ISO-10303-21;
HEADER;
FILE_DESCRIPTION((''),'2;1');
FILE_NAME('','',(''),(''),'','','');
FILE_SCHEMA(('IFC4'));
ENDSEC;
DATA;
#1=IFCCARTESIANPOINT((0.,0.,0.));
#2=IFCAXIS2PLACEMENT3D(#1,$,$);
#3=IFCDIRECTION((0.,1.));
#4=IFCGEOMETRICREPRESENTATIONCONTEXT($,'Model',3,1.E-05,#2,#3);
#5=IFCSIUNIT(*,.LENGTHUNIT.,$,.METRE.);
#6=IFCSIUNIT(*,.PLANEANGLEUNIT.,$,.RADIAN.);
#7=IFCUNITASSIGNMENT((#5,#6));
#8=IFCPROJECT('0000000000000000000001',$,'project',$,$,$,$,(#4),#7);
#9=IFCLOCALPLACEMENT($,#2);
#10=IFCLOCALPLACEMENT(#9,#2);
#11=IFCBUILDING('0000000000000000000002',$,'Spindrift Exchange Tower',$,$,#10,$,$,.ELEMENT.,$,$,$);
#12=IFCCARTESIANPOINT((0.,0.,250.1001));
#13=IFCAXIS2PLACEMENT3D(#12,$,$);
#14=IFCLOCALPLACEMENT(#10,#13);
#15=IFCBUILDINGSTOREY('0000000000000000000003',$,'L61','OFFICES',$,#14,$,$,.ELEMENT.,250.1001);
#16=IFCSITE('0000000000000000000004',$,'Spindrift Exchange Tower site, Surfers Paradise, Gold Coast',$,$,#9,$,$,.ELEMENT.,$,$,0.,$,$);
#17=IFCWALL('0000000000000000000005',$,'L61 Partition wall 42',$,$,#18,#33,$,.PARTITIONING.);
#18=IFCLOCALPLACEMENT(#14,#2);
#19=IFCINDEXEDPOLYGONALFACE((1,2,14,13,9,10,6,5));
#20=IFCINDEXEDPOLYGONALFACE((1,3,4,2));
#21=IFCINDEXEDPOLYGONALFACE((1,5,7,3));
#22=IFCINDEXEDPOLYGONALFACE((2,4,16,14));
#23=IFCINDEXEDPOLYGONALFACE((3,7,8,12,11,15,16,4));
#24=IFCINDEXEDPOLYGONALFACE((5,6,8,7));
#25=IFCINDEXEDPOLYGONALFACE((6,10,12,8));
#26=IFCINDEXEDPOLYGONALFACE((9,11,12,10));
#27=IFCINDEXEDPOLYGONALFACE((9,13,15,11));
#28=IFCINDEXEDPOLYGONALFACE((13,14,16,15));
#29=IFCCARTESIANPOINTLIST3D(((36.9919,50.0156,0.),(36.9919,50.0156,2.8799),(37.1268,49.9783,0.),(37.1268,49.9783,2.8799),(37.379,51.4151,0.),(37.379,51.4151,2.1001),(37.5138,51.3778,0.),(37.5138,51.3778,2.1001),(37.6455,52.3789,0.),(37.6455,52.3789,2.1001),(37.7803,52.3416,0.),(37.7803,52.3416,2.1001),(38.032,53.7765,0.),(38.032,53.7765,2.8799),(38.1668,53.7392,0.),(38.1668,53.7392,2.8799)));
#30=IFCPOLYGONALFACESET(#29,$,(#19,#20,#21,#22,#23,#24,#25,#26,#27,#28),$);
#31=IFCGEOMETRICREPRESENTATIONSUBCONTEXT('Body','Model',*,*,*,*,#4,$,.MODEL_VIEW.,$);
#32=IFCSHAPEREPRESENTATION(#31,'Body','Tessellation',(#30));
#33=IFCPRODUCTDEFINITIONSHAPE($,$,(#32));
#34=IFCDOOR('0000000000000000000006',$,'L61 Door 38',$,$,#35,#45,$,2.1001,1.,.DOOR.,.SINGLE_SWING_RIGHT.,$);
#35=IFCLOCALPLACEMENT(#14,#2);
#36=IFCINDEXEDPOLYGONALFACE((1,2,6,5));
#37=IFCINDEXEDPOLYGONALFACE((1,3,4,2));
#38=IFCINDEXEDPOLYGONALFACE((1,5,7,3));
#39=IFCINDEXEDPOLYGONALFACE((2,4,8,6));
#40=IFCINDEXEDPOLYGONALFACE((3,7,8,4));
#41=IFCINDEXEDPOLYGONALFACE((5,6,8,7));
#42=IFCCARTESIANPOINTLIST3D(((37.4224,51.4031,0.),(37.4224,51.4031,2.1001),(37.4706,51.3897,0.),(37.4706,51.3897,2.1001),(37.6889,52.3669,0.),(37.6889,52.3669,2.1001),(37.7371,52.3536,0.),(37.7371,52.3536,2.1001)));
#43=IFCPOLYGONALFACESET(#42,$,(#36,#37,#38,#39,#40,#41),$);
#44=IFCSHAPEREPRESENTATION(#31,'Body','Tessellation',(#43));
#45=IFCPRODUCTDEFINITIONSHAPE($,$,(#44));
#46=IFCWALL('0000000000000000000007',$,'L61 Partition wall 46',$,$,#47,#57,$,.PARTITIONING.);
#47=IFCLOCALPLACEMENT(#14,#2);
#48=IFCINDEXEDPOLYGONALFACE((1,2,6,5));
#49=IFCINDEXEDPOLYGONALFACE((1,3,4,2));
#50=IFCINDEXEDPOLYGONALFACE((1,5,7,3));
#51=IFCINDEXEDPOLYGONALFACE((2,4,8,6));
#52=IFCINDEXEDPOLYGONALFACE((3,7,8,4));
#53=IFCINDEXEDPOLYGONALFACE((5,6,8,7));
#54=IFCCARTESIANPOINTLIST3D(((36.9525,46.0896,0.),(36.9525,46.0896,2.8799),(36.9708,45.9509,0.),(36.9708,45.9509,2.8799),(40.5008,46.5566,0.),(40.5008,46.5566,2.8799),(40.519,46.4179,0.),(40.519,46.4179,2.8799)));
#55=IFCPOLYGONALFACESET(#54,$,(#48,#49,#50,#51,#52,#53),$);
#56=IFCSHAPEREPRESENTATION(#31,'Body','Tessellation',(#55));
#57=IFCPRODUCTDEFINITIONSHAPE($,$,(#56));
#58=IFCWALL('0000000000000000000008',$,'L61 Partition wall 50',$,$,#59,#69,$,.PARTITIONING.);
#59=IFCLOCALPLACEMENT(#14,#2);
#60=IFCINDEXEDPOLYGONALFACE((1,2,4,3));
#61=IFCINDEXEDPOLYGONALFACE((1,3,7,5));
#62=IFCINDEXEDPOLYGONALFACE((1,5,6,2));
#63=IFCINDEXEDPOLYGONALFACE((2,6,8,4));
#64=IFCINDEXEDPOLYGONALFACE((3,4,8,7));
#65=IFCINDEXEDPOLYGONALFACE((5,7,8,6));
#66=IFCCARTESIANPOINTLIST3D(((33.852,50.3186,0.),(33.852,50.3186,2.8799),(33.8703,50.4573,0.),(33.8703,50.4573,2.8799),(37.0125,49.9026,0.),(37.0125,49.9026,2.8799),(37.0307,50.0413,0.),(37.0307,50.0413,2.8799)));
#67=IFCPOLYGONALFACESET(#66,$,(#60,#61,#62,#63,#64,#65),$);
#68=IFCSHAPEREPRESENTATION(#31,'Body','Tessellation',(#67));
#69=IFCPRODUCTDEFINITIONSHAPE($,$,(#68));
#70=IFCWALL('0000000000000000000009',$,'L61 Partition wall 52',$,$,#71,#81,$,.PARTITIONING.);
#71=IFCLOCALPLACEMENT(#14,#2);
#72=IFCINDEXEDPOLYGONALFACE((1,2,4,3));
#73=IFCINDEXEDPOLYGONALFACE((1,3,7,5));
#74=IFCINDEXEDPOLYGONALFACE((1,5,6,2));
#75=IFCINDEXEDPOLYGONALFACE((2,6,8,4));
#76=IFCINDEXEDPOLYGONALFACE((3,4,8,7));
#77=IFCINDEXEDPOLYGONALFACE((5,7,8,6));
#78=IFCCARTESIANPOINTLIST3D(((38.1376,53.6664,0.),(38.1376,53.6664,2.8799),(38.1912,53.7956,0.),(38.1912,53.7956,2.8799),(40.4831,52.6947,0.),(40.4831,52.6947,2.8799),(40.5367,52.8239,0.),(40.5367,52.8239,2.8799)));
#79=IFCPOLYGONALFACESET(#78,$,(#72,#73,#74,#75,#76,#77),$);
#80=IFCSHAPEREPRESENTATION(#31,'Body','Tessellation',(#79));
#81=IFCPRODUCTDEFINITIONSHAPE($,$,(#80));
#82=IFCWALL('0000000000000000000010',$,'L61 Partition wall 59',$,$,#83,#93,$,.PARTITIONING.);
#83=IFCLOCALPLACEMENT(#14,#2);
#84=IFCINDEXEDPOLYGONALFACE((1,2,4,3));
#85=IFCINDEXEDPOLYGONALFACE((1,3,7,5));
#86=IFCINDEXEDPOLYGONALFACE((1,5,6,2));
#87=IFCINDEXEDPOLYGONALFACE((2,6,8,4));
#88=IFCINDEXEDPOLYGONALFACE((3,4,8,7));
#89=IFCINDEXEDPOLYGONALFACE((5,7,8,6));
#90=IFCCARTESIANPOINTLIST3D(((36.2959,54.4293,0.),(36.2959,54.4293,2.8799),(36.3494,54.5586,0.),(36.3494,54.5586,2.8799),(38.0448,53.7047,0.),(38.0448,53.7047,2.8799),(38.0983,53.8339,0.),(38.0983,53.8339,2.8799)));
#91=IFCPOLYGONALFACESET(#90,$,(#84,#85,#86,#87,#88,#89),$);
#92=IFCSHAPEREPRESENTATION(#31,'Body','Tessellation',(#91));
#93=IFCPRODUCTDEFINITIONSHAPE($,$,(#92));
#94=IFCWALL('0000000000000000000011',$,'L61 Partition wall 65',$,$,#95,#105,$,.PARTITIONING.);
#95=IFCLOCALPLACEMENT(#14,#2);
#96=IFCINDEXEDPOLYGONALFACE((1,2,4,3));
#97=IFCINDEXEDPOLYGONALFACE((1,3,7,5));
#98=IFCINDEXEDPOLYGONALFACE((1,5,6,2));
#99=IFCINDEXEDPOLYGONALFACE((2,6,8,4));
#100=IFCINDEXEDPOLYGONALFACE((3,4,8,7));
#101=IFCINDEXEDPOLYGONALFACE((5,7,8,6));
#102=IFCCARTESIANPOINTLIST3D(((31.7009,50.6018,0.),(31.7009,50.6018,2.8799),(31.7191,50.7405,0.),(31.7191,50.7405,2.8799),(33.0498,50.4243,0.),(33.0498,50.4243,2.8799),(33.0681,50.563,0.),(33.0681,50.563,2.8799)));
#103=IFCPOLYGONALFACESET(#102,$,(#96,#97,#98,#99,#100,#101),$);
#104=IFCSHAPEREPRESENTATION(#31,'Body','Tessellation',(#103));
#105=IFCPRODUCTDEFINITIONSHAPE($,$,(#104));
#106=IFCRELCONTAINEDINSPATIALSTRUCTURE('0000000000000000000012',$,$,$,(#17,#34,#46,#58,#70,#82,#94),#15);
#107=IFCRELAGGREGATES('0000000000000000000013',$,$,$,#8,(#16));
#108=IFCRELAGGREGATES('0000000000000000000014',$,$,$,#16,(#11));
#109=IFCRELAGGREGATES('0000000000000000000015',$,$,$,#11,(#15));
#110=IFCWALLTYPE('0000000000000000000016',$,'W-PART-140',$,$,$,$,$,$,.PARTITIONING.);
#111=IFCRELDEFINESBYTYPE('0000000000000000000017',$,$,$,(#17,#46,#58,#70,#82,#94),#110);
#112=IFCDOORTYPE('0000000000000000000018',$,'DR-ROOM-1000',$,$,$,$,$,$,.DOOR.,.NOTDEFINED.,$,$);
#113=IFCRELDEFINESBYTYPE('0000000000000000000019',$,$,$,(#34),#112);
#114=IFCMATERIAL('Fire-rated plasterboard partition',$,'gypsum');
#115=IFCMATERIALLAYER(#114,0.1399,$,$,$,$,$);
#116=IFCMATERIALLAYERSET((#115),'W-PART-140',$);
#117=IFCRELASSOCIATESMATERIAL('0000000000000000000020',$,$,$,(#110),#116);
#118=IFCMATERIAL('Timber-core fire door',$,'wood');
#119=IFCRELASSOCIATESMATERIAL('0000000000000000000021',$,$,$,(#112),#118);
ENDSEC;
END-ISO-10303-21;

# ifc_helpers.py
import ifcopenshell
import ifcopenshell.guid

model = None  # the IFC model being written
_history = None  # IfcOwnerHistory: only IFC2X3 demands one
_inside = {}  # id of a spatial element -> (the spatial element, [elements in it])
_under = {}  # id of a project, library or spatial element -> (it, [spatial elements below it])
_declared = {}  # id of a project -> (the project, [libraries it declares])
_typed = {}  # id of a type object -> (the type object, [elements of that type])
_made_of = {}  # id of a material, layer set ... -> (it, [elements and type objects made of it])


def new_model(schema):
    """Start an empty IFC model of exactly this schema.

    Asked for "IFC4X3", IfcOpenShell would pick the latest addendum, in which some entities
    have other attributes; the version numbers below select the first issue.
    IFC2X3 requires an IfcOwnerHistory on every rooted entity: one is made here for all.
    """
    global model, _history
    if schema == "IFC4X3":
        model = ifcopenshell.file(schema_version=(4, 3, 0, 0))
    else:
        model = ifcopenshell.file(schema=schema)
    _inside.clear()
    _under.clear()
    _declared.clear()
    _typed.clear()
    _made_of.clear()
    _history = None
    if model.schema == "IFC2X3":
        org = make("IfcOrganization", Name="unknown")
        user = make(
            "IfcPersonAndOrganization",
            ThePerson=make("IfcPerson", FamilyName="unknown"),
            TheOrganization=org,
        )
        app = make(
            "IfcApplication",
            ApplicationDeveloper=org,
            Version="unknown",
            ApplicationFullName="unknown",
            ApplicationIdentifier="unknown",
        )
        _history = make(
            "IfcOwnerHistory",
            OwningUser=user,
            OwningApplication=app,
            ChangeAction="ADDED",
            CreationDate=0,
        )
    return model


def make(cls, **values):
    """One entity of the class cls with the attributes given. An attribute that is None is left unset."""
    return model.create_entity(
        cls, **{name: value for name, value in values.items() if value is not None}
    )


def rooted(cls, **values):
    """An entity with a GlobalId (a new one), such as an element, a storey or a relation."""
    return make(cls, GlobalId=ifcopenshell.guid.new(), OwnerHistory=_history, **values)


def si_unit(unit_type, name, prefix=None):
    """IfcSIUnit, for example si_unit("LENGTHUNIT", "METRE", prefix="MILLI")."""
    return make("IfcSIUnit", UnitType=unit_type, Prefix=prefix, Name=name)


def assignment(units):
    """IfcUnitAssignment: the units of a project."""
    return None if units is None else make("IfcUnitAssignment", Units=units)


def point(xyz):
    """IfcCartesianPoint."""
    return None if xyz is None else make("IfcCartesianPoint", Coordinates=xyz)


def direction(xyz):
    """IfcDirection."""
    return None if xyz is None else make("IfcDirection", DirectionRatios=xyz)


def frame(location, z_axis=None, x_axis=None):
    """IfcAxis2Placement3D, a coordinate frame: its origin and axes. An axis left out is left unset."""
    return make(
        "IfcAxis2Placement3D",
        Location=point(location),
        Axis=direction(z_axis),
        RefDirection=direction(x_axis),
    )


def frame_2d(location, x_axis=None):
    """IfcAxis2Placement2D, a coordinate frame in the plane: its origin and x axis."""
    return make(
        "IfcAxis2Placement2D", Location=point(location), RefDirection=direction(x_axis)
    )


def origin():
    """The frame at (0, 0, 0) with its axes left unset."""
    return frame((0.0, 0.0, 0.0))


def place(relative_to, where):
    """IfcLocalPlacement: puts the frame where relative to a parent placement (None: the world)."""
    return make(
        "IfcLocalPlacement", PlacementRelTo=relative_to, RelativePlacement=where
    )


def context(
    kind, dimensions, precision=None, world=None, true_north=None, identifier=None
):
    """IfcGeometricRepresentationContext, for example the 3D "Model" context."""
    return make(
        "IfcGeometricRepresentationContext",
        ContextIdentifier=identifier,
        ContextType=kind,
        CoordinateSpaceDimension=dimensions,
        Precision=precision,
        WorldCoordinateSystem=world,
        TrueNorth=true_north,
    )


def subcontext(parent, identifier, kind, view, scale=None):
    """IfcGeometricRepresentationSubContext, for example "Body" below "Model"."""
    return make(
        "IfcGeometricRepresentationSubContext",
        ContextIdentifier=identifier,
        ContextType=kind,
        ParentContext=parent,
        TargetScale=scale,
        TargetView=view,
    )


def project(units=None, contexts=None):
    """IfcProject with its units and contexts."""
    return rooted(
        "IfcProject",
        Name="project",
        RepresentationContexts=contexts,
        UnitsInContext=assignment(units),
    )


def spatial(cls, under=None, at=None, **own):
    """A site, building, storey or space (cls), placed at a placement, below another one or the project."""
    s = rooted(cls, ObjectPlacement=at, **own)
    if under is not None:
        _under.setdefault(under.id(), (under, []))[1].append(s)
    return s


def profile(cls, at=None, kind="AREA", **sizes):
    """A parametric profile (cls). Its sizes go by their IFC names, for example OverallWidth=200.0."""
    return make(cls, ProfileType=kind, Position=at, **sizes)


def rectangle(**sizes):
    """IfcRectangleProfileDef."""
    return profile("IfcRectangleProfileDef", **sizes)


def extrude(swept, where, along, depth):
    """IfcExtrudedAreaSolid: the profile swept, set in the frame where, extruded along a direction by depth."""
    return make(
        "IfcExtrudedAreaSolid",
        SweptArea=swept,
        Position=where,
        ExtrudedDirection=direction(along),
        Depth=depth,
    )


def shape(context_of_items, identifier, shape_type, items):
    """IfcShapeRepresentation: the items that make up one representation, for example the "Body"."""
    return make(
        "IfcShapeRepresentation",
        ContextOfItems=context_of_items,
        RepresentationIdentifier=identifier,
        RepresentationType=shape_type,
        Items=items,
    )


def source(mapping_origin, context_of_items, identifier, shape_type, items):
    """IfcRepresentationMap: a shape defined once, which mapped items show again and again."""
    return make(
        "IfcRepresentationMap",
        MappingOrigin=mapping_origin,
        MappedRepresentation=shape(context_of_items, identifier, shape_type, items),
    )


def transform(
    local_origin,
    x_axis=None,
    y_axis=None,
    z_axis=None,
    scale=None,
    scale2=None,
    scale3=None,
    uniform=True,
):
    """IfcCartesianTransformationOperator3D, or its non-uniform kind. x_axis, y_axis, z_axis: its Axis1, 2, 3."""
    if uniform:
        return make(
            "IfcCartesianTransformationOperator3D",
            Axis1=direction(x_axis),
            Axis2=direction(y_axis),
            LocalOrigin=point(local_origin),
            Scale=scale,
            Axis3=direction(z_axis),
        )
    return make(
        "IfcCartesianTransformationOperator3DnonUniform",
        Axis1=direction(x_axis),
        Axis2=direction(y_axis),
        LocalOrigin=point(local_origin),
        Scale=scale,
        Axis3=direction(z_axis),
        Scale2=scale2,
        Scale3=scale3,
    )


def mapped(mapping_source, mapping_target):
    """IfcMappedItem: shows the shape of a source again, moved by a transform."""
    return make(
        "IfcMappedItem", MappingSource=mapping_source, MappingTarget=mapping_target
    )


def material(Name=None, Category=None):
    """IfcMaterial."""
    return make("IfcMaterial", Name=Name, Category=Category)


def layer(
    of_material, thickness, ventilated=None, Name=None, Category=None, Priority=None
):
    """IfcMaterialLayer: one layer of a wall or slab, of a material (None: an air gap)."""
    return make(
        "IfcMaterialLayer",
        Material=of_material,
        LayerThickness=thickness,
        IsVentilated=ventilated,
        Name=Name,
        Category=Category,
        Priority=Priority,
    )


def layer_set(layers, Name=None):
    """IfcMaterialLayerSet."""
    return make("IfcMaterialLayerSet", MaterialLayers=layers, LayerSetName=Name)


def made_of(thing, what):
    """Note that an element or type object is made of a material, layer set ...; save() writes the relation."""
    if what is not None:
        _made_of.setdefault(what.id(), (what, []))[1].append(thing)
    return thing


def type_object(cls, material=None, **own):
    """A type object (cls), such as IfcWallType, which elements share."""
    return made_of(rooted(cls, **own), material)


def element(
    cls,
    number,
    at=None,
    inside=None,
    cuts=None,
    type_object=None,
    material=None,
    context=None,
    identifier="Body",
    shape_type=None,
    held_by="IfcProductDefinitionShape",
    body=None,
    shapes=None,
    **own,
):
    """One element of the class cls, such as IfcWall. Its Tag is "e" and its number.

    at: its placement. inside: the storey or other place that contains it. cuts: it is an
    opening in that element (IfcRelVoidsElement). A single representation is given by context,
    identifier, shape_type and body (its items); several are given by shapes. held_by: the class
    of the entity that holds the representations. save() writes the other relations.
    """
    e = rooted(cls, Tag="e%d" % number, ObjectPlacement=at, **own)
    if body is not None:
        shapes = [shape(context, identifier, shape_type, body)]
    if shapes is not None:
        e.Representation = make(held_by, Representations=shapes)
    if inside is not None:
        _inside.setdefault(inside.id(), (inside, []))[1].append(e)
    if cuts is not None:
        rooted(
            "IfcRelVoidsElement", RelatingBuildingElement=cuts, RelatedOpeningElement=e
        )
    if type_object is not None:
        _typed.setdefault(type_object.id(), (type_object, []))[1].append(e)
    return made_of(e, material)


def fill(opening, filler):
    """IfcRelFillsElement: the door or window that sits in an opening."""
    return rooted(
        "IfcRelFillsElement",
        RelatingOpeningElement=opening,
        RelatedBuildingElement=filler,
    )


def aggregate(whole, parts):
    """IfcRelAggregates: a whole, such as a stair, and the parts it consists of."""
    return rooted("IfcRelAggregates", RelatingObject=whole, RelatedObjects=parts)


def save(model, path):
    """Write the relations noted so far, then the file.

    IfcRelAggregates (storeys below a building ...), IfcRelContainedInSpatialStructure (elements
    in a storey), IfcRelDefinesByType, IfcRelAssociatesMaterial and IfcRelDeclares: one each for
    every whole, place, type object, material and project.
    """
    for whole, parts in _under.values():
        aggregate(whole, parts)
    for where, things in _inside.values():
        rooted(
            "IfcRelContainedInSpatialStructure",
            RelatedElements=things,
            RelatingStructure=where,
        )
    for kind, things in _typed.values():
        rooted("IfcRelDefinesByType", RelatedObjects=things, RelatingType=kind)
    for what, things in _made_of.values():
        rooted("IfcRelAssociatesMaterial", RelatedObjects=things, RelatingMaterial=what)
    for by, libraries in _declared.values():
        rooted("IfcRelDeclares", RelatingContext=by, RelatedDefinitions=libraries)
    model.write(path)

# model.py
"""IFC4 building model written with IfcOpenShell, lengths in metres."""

from ifc_helpers import new_model, si_unit, direction, frame, frame_2d, origin, place, context, subcontext, project, spatial, rectangle, extrude, source, transform, mapped, material, layer, layer_set, type_object, element, fill, save


model = new_model("IFC4")

# Units and contexts
model_context = context("Model", 3, precision=1e-05, world=origin(), true_north=direction((0.0, 1.0)))
body_context = subcontext(model_context, "Body", "Model", "MODEL_VIEW")
ifc_project = project(units=[si_unit("LENGTHUNIT", "METRE"), si_unit("PLANEANGLEUNIT", "RADIAN")], contexts=[model_context])

# Site, building, storey
site_placement = place(None, origin())
site = spatial("IfcSite", under=ifc_project, at=site_placement, Name="Spindrift Exchange Tower site, Surfers Paradise, Gold Coast", CompositionType="ELEMENT", RefElevation=0.0)
building_placement = place(site_placement, origin())
building = spatial("IfcBuilding", under=site, at=building_placement, Name="Spindrift Exchange Tower", CompositionType="ELEMENT")
storey_placement = place(building_placement, frame((0.0, 0.0, 250.1001)))
storey = spatial("IfcBuildingStorey", under=building, at=storey_placement, Name="L61", Description="OFFICES", CompositionType="ELEMENT", Elevation=250.1001)

# Wall, opening, door
ifc_material_1 = material(Name="Fire-rated plasterboard partition", Category="gypsum")
ifc_layer_1 = layer(ifc_material_1, 0.1399)
ifc_layer_set_1 = layer_set([ifc_layer_1], Name="W-PART-140")
wall_type = type_object("IfcWallType", Name="W-PART-140", PredefinedType="PARTITIONING", material=ifc_layer_set_1)
wall_1_placement = place(storey_placement, frame((37.0593, 49.9968, 0.0), z_axis=(0.0, 0.0, 1.0), x_axis=(0.26653, 0.963827, 0.0)))
wall_1 = element("IfcWall", 1, at=wall_1_placement, inside=storey, type_object=wall_type, Name="L61 Partition wall 42", PredefinedType="PARTITIONING", context=body_context, shape_type="SweptSolid", body=[
    extrude(rectangle(XDim=3.9021, YDim=0.1399, at=frame_2d((1.9512, 0.0))), origin(), (0.0, 0.0, 1.0), 2.8799),
])
opening_placement = place(wall_1_placement, frame((1.4521, 0.0, 0.0)))
opening = element("IfcOpeningElement", 2, at=opening_placement, cuts=wall_1, PredefinedType="OPENING", context=body_context, shape_type="SweptSolid", body=[
    extrude(rectangle(XDim=1.0, YDim=2.1001, at=frame_2d((0.5, 1.05))), frame((0.0, 0.0798, 0.0), z_axis=(0.0, -1.0, 0.0), x_axis=(1.0, 0.0, 0.0)), (0.0, 0.0, 1.0), 0.1599),
])
ifc_material_2 = material(Name="Timber-core fire door", Category="wood")
door_type = type_object("IfcDoorType", Name="DR-ROOM-1000", OperationType="NOTDEFINED", PredefinedType="DOOR", material=ifc_material_2)
shared_shape_1 = source(origin(), body_context, "Body", "SweptSolid", [
    extrude(rectangle(XDim=1.0, YDim=2.1001, at=frame_2d((0.5, 1.05))), frame((0.0, 0.0249, 0.0), z_axis=(0.0, -1.0, 0.0), x_axis=(1.0, 0.0, 0.0)), (0.0, 0.0, 1.0), 0.05),
])
door_placement = place(opening_placement, origin())
door = element("IfcDoor", 3, at=door_placement, inside=storey, type_object=door_type, Name="L61 Door 38", OperationType="SINGLE_SWING_RIGHT", OverallHeight=2.1001, OverallWidth=1.0, PredefinedType="DOOR", context=body_context, shape_type="MappedRepresentation", body=[
    mapped(shared_shape_1, transform((0.0, 0.0, 0.0), scale=1.0)),
])
fill(opening, door)

# Walls
wall_2_placement = place(storey_placement, frame((40.51, 46.4873, 0.0), z_axis=(0.0, 0.0, 1.0), x_axis=(-0.991449, -0.130497, 0.0)))
element("IfcWall", 4, at=wall_2_placement, inside=storey, type_object=wall_type, Name="L61 Partition wall 46", PredefinedType="PARTITIONING", context=body_context, shape_type="SweptSolid", body=[
    extrude(rectangle(XDim=3.5789, YDim=0.1399, at=frame_2d((1.7896, 0.0))), origin(), (0.0, 0.0, 1.0), 2.8799),
])
wall_3_placement = place(storey_placement, frame((37.0215, 49.9719, 0.0), z_axis=(0.0, 0.0, 1.0), x_axis=(-0.991447, 0.130508, 0.0)))
element("IfcWall", 5, at=wall_3_placement, inside=storey, type_object=wall_type, Name="L61 Partition wall 50", PredefinedType="PARTITIONING", context=body_context, shape_type="SweptSolid", body=[
    extrude(rectangle(XDim=3.1877, YDim=0.1399, at=frame_2d((1.5938, 0.0))), origin(), (0.0, 0.0, 1.0), 2.8799),
])
wall_4_placement = place(storey_placement, frame((40.51, 52.7593, 0.0), z_axis=(0.0, 0.0, 1.0), x_axis=(-0.923857, 0.382737, 0.0)))
element("IfcWall", 6, at=wall_4_placement, inside=storey, type_object=wall_type, Name="L61 Partition wall 52", PredefinedType="PARTITIONING", context=body_context, shape_type="SweptSolid", body=[
    extrude(rectangle(XDim=2.5388, YDim=0.1399, at=frame_2d((1.2695, 0.0))), origin(), (0.0, 0.0, 1.0), 2.8799),
])
wall_5_placement = place(storey_placement, frame((38.0715, 53.7693, 0.0), z_axis=(0.0, 0.0, 1.0), x_axis=(-0.923834, 0.382792, 0.0)))
element("IfcWall", 7, at=wall_5_placement, inside=storey, type_object=wall_type, Name="L61 Partition wall 59", PredefinedType="PARTITIONING", context=body_context, shape_type="SweptSolid", body=[
    extrude(rectangle(XDim=1.8931, YDim=0.1399, at=frame_2d((0.9465, 0.0))), origin(), (0.0, 0.0, 1.0), 2.8799),
])
wall_6_placement = place(storey_placement, frame((33.0588, 50.4937, 0.0), z_axis=(0.0, 0.0, 1.0), x_axis=(-0.991454, 0.130459, 0.0)))
element("IfcWall", 8, at=wall_6_placement, inside=storey, type_object=wall_type, Name="L61 Partition wall 65", PredefinedType="PARTITIONING", context=body_context, shape_type="SweptSolid", body=[
    extrude(rectangle(XDim=1.3606, YDim=0.1399, at=frame_2d((0.6802, 0.0))), origin(), (0.0, 0.0, 1.0), 2.8799),
])

save(model, "model.ifc")
